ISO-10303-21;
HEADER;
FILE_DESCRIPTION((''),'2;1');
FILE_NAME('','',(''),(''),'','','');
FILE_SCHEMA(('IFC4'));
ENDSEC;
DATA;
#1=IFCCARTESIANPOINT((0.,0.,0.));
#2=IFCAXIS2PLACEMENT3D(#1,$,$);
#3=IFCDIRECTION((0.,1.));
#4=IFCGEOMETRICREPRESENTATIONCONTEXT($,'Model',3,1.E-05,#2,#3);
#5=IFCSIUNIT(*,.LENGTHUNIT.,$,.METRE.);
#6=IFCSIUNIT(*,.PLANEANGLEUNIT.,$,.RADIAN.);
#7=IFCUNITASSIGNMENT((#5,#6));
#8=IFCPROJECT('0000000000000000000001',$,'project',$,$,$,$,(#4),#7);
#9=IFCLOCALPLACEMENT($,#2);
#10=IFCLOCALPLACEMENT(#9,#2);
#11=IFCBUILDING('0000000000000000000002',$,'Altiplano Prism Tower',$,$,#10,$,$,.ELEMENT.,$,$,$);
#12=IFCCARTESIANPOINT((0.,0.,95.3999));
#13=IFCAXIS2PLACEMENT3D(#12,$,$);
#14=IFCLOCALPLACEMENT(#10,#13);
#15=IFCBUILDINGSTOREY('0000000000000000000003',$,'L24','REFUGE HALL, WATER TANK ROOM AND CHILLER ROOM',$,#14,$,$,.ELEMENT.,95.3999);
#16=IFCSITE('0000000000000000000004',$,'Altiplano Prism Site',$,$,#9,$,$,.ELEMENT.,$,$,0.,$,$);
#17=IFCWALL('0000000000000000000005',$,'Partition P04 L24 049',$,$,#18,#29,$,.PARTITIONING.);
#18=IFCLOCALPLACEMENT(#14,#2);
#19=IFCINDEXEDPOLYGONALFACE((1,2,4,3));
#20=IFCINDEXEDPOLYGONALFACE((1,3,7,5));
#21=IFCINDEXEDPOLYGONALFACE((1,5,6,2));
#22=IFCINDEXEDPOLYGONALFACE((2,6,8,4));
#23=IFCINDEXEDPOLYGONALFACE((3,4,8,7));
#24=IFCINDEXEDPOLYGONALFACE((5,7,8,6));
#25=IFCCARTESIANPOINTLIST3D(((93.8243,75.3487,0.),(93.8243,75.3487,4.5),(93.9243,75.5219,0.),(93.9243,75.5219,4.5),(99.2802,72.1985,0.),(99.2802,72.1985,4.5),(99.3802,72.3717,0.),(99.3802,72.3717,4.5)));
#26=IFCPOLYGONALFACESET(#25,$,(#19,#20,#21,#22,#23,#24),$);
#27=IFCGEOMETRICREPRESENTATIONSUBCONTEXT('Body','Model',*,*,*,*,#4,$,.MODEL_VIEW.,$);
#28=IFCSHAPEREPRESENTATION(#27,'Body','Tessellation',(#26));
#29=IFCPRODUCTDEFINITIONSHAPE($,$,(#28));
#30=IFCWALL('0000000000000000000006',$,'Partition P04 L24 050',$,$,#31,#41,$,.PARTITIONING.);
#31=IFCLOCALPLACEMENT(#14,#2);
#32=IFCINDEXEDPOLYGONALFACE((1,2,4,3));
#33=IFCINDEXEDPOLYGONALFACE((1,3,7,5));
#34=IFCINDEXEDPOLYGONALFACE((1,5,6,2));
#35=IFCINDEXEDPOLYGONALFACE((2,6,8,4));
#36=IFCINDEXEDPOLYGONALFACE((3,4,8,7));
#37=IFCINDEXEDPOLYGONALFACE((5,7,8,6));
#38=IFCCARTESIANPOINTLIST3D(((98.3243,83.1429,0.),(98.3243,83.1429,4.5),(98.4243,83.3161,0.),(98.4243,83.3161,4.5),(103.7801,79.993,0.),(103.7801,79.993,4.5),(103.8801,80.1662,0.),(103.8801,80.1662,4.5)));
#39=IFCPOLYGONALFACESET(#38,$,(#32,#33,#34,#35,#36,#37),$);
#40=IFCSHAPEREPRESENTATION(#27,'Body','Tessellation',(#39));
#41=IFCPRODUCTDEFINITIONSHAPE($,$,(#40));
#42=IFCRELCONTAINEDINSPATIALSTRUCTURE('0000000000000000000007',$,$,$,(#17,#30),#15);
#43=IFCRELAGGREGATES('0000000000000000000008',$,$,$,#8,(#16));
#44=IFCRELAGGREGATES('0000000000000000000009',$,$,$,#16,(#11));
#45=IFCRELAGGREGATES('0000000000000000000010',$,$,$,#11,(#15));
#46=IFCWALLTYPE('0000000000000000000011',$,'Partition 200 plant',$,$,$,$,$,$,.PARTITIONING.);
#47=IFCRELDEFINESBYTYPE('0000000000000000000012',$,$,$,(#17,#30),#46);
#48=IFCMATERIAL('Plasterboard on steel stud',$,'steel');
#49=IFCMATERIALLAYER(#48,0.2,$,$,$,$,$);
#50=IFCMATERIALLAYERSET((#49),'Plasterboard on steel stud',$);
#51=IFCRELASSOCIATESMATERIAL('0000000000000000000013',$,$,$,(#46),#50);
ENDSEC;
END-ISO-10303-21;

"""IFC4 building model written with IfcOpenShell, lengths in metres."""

from ifc_helpers import new_model, si_unit, direction, frame, frame_2d, origin, place, context, subcontext, project, spatial, rectangle, extrude, material, layer, layer_set, type_object, element, save


model = new_model("IFC4")

# Units and contexts
model_context = context("Model", 3, precision=1e-05, world=origin(), true_north=direction((0.0, 1.0)))
body_context = subcontext(model_context, "Body", "Model", "MODEL_VIEW")
ifc_project = project(units=[si_unit("LENGTHUNIT", "METRE"), si_unit("PLANEANGLEUNIT", "RADIAN")], contexts=[model_context])

# Site, building, storey
site_placement = place(None, origin())
site = spatial("IfcSite", under=ifc_project, at=site_placement, Name="Altiplano Prism Site", CompositionType="ELEMENT", RefElevation=0.0)
building_placement = place(site_placement, origin())
building = spatial("IfcBuilding", under=site, at=building_placement, Name="Altiplano Prism Tower", CompositionType="ELEMENT")
storey_placement = place(building_placement, frame((0.0, 0.0, 95.3999)))
storey = spatial("IfcBuildingStorey", under=building, at=storey_placement, Name="L24", Description="REFUGE HALL, WATER TANK ROOM AND CHILLER ROOM", CompositionType="ELEMENT", Elevation=95.3999)

# Walls
ifc_material_1 = material(Name="Plasterboard on steel stud", Category="steel")
ifc_layer_1 = layer(ifc_material_1, 0.2)
ifc_layer_set_1 = layer_set([ifc_layer_1], Name="Plasterboard on steel stud")
wall_type = type_object("IfcWallType", Name="Partition 200 plant", PredefinedType="PARTITIONING", material=ifc_layer_set_1)
wall_1_placement = place(storey_placement, frame((99.3301, 72.2852, 0.0), z_axis=(0.0, 0.0, 1.0), x_axis=(-0.866009, 0.500028, 0.0)))
element("IfcWall", 1, at=wall_1_placement, inside=storey, type_object=wall_type, Name="Partition P04 L24 049", PredefinedType="PARTITIONING", context=body_context, shape_type="SweptSolid", body=[
    extrude(rectangle(XDim=6.3, YDim=0.2, at=frame_2d((3.1499, 0.0))), origin(), (0.0, 0.0, 1.0), 4.5),
])
wall_2_placement = place(storey_placement, frame((103.8301, 80.0796, 0.0), z_axis=(0.0, 0.0, 1.0), x_axis=(-0.866026, 0.499999, 0.0)))
element("IfcWall", 2, at=wall_2_placement, inside=storey, type_object=wall_type, Name="Partition P04 L24 050", PredefinedType="PARTITIONING", context=body_context, shape_type="SweptSolid", body=[
    extrude(rectangle(XDim=6.2998, YDim=0.2, at=frame_2d((3.1499, 0.0))), origin(), (0.0, 0.0, 1.0), 4.5),
])

save(model, "model.ifc")
